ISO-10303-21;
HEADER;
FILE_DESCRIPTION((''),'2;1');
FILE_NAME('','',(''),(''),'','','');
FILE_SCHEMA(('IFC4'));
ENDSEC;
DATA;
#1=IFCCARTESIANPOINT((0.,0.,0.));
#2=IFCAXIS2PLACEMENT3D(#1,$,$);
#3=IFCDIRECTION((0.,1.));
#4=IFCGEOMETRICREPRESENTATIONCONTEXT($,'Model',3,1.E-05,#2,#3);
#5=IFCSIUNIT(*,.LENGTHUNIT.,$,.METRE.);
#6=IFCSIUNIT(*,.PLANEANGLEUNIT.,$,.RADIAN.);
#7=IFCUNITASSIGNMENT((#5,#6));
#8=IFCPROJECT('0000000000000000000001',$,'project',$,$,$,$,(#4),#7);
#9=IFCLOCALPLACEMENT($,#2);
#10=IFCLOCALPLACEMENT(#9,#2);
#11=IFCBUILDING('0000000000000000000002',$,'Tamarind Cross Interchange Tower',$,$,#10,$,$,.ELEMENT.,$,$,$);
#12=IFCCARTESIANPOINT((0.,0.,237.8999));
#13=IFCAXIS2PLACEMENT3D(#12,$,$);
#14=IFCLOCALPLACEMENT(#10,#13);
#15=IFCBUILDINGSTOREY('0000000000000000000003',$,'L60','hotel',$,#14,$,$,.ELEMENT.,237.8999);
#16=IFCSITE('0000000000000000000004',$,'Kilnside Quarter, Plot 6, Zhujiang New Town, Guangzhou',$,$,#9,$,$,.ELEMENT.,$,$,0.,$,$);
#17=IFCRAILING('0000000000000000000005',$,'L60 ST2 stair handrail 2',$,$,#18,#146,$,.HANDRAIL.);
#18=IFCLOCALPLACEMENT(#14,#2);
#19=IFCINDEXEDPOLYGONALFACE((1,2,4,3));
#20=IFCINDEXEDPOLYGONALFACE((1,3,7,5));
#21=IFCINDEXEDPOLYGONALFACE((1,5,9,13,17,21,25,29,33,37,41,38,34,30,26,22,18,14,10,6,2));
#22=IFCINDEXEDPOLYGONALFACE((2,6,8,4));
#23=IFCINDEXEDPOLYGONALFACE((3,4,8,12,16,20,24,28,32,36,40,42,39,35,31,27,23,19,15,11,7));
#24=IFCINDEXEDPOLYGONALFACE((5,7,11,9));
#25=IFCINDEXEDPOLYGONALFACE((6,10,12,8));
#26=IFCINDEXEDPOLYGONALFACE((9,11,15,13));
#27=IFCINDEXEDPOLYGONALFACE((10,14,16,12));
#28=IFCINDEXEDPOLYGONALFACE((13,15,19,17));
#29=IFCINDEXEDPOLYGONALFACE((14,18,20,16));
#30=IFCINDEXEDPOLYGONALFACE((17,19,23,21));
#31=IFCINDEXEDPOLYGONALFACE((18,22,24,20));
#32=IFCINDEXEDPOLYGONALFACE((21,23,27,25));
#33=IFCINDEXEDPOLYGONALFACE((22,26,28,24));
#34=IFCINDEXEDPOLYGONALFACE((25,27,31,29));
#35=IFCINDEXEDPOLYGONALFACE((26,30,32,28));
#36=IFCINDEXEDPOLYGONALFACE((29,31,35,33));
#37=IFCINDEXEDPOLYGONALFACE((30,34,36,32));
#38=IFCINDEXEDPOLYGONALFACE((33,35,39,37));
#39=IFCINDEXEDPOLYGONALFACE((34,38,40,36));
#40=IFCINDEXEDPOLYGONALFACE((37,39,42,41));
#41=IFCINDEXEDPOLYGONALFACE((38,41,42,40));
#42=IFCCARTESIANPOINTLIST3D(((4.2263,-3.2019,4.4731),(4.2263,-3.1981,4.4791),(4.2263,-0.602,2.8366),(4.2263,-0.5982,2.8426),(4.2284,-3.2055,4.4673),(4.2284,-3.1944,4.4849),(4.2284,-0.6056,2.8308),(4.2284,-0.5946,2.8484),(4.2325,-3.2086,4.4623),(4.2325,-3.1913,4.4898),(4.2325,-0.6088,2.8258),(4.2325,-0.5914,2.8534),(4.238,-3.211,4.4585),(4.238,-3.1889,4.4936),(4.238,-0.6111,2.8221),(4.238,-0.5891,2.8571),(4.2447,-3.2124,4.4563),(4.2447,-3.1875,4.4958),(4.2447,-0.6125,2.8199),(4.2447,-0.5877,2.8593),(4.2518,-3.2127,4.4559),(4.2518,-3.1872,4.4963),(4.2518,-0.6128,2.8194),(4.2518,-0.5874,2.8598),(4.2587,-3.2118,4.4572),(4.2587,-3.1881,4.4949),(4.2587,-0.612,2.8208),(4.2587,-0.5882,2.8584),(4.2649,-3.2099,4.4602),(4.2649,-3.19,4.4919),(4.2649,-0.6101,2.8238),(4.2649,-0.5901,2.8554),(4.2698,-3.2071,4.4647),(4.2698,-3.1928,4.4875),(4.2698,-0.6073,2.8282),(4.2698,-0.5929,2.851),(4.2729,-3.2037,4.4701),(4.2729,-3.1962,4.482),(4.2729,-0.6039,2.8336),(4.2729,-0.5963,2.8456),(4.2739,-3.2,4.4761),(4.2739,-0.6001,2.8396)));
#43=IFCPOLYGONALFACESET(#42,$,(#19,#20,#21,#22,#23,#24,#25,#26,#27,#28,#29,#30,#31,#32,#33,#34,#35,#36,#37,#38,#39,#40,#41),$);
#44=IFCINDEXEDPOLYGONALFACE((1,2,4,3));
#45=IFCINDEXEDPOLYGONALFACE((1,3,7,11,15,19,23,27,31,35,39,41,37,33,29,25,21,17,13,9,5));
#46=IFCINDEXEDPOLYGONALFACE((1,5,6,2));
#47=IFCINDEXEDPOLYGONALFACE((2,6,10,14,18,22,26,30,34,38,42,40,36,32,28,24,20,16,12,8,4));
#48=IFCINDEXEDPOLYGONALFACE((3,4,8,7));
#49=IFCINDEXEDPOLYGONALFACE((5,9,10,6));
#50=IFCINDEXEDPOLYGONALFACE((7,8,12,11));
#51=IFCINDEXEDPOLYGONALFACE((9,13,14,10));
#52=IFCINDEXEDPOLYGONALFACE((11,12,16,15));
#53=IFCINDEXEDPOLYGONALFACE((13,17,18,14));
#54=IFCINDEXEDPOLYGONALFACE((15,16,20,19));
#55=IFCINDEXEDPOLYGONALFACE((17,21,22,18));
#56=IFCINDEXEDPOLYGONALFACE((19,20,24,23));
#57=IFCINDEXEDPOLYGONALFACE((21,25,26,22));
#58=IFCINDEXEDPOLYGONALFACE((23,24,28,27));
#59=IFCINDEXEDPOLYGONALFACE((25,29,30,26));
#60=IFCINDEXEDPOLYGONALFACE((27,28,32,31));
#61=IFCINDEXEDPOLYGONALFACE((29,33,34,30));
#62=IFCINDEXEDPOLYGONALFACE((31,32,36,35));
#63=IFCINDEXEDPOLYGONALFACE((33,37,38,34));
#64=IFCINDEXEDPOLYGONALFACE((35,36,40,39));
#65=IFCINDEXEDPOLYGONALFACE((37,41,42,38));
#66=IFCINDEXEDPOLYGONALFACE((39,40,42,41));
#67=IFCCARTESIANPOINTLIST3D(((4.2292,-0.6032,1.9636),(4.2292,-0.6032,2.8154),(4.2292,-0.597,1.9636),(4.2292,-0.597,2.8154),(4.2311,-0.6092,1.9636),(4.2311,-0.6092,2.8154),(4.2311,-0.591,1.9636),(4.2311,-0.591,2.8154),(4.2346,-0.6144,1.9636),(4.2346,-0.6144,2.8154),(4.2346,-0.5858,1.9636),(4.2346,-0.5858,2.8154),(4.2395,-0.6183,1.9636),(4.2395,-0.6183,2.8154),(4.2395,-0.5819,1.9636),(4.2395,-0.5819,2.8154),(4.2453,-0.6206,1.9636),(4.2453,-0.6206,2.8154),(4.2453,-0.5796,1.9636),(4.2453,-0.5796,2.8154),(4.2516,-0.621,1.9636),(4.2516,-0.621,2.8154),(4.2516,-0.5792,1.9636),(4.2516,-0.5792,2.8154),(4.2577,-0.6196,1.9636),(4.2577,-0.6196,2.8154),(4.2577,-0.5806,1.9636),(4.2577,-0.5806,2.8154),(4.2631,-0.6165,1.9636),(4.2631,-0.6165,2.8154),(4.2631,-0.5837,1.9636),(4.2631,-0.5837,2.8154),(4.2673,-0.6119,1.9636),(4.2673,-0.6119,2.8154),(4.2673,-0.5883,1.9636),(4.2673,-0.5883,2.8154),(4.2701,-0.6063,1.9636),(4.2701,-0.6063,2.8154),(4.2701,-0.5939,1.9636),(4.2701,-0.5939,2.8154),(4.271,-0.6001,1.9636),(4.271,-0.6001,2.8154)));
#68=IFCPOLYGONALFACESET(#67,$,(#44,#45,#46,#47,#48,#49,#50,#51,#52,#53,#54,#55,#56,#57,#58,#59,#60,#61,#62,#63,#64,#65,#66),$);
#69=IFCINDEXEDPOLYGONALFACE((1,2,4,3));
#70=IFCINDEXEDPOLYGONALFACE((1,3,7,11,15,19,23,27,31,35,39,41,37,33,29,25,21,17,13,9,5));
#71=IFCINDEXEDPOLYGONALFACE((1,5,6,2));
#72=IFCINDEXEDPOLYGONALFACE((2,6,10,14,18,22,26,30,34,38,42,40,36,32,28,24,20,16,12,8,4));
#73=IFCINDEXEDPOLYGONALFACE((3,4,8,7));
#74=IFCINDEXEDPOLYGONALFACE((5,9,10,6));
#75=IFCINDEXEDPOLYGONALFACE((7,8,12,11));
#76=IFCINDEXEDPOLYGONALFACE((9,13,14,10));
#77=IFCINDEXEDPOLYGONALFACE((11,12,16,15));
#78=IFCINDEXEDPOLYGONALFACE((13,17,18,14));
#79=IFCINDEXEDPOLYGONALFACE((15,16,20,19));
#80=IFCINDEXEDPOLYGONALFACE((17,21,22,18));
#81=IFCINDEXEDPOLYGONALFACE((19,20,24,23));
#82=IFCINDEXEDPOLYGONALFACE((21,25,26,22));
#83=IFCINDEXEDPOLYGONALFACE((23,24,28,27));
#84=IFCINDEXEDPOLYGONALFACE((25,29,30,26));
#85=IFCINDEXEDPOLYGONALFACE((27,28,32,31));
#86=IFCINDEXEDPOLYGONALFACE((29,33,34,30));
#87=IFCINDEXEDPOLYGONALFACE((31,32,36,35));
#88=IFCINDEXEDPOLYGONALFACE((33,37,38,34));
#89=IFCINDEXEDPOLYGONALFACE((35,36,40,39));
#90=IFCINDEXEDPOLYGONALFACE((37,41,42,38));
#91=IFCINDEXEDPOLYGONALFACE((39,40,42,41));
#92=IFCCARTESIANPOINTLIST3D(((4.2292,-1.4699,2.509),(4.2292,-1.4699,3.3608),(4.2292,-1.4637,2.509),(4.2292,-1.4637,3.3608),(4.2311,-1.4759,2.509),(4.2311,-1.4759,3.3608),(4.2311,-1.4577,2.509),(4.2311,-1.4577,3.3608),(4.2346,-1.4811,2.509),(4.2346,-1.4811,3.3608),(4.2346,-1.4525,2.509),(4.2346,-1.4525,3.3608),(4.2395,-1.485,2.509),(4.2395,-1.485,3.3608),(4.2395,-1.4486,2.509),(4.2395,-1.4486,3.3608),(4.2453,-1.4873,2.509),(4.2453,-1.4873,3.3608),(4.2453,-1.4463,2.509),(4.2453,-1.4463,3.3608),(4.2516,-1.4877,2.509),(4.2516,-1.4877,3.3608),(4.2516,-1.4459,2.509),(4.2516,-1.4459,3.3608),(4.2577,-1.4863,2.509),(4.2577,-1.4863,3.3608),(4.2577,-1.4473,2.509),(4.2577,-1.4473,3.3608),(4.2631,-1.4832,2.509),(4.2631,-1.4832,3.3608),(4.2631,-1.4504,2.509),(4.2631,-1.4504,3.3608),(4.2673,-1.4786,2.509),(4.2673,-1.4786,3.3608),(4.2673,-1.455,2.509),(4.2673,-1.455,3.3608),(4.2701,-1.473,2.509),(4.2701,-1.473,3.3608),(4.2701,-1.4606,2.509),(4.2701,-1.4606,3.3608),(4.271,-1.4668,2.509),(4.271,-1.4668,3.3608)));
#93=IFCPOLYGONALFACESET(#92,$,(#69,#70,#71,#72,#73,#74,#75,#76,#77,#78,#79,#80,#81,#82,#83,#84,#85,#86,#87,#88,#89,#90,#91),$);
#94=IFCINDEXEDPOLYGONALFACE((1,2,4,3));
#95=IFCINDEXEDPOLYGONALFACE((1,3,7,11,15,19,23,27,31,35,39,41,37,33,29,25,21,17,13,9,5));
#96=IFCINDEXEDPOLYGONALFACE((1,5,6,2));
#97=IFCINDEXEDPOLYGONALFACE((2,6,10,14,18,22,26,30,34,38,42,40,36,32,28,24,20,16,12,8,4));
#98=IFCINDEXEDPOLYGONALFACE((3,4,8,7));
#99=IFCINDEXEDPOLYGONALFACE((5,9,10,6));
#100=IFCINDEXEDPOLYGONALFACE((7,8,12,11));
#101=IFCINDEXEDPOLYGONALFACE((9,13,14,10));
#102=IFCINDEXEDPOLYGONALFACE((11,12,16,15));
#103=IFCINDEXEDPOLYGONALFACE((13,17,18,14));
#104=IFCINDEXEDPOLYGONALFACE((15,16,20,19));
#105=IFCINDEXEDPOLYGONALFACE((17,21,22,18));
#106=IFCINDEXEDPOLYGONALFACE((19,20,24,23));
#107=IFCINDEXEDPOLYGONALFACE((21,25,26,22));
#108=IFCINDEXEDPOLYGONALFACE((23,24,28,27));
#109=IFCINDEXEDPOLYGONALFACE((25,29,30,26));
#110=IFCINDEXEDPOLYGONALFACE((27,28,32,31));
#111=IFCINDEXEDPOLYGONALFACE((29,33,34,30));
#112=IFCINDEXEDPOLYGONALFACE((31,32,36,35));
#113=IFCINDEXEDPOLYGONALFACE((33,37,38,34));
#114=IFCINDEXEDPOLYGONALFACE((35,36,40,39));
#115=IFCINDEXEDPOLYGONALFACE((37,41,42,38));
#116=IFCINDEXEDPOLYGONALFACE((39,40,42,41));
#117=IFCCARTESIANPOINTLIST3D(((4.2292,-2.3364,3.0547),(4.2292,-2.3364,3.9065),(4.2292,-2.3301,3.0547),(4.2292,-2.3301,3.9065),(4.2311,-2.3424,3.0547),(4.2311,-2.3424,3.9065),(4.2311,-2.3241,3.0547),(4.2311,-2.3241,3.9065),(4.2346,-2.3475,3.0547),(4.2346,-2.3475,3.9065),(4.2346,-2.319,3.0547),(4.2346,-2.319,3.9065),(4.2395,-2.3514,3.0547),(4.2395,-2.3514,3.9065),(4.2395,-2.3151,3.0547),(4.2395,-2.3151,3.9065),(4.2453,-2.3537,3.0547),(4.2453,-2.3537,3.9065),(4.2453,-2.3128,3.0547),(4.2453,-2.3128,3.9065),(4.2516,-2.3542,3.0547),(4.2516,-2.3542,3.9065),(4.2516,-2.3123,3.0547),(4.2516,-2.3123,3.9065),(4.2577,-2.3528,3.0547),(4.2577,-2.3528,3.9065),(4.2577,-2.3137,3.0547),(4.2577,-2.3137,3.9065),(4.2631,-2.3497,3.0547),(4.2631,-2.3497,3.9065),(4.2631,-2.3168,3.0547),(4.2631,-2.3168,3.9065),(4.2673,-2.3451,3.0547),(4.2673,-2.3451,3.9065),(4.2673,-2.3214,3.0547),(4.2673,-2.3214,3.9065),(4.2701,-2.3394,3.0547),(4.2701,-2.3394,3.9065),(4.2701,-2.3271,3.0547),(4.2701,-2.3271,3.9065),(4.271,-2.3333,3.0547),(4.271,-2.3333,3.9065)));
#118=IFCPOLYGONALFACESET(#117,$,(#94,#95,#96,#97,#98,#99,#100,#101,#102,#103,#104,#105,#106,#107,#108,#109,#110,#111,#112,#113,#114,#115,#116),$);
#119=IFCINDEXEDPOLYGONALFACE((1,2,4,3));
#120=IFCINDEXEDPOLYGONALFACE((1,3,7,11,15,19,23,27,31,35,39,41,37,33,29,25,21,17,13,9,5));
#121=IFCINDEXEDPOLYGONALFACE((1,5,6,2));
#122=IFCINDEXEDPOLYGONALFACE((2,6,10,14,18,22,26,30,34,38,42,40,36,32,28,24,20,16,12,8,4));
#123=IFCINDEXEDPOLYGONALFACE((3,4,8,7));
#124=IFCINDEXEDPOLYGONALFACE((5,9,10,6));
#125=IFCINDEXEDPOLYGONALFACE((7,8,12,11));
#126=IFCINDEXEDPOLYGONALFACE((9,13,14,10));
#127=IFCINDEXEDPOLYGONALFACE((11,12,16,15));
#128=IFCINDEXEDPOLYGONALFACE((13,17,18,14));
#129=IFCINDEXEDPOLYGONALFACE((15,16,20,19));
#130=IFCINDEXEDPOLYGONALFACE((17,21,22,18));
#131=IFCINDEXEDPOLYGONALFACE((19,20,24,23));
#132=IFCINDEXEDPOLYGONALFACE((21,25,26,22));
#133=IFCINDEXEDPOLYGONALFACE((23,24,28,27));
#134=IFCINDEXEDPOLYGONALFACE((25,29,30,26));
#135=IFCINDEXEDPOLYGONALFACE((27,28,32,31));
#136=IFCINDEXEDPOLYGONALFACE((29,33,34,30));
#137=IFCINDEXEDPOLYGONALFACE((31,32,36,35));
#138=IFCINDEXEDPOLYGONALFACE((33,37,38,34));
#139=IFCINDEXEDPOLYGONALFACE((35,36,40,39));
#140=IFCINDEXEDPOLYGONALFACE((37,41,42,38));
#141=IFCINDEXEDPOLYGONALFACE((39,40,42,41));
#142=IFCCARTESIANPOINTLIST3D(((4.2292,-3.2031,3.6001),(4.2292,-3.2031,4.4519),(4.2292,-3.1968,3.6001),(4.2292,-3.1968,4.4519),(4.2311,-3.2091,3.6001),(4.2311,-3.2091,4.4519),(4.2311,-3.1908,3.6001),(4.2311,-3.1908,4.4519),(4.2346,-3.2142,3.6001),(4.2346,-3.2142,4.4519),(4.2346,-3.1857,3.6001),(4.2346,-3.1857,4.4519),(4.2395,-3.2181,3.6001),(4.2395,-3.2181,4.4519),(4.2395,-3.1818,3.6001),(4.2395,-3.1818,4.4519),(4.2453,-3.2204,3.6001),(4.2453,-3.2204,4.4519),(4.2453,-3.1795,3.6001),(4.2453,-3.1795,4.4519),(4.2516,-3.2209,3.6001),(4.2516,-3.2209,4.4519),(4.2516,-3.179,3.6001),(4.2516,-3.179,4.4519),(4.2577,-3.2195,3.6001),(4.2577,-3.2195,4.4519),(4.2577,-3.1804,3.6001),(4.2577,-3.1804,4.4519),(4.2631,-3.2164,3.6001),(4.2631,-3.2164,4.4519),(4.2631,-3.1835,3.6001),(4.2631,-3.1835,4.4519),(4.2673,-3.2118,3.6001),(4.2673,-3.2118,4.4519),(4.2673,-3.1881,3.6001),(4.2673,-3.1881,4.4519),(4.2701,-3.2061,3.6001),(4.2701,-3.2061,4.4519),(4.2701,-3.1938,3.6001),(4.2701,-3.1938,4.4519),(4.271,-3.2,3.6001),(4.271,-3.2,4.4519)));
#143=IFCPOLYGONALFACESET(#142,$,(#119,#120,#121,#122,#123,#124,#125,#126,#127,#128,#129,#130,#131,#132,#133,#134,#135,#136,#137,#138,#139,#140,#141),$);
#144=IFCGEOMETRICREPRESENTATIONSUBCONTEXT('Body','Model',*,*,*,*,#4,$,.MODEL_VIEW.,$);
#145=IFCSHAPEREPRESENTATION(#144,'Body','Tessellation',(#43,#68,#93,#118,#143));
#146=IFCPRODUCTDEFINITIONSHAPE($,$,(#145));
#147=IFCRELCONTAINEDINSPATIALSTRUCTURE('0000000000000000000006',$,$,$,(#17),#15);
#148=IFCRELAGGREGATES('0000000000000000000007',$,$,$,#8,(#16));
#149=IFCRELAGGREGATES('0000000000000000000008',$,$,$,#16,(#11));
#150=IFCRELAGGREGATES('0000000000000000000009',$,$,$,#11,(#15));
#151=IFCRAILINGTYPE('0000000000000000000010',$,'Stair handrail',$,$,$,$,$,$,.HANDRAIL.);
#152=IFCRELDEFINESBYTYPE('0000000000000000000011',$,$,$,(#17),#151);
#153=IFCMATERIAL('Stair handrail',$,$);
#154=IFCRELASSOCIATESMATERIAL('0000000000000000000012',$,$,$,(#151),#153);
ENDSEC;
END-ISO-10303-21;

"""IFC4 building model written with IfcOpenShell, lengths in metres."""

from ifc_helpers import new_model, si_unit, direction, frame, origin, origin_2d, place, context, subcontext, project, spatial, circle, extrude, material, type_object, element, save


model = new_model("IFC4")

# Units and contexts
model_context = context("Model", 3, precision=1e-05, world=origin(), true_north=direction((0.0, 1.0)))
body_context = subcontext(model_context, "Body", "Model", "MODEL_VIEW")
ifc_project = project(units=[si_unit("LENGTHUNIT", "METRE"), si_unit("PLANEANGLEUNIT", "RADIAN")], contexts=[model_context])

# Site, building, storey
site_placement = place(None, origin())
site = spatial("IfcSite", under=ifc_project, at=site_placement, Name="Kilnside Quarter, Plot 6, Zhujiang New Town, Guangzhou", CompositionType="ELEMENT", RefElevation=0.0)
building_placement = place(site_placement, origin())
building = spatial("IfcBuilding", under=site, at=building_placement, Name="Tamarind Cross Interchange Tower", CompositionType="ELEMENT")
storey_placement = place(building_placement, frame((0.0, 0.0, 237.8999)))
storey = spatial("IfcBuildingStorey", under=building, at=storey_placement, Name="L60", Description="hotel", CompositionType="ELEMENT", Elevation=237.8999)

# Railing
ifc_material_1 = material(Name="Stair handrail")
railing_type_1 = type_object("IfcRailingType", Name="Stair handrail", PredefinedType="HANDRAIL", material=ifc_material_1)
railing_1_placement = place(storey_placement, frame((4.25, -0.6001, 1.9636)))
element("IfcRailing", 1, at=railing_1_placement, inside=storey, type_object=railing_type_1, Name="L60 ST2 stair handrail 2", PredefinedType="HANDRAIL", context=body_context, shape_type="SweptSolid", body=[
    extrude(circle(Radius=0.0239, at=origin_2d()), frame((0.0, 0.0, 0.876), z_axis=(0.0, -0.846302, 0.532704), x_axis=(1.0, 0.0, 0.0)), (0.0, 0.0, 1.0), 3.072),
    extrude(circle(Radius=0.021, at=origin_2d()), origin(), (0.0, 0.0, 1.0), 0.8518),
    extrude(circle(Radius=0.021, at=origin_2d()), frame((0.0, -0.8667, 0.5454)), (0.0, 0.0, 1.0), 0.8518),
    extrude(circle(Radius=0.021, at=origin_2d()), frame((0.0, -1.7332, 1.0911)), (0.0, 0.0, 1.0), 0.8518),
    extrude(circle(Radius=0.021, at=origin_2d()), frame((0.0, -2.5999, 1.6365)), (0.0, 0.0, 1.0), 0.8518),
])

save(model, "model.ifc")
